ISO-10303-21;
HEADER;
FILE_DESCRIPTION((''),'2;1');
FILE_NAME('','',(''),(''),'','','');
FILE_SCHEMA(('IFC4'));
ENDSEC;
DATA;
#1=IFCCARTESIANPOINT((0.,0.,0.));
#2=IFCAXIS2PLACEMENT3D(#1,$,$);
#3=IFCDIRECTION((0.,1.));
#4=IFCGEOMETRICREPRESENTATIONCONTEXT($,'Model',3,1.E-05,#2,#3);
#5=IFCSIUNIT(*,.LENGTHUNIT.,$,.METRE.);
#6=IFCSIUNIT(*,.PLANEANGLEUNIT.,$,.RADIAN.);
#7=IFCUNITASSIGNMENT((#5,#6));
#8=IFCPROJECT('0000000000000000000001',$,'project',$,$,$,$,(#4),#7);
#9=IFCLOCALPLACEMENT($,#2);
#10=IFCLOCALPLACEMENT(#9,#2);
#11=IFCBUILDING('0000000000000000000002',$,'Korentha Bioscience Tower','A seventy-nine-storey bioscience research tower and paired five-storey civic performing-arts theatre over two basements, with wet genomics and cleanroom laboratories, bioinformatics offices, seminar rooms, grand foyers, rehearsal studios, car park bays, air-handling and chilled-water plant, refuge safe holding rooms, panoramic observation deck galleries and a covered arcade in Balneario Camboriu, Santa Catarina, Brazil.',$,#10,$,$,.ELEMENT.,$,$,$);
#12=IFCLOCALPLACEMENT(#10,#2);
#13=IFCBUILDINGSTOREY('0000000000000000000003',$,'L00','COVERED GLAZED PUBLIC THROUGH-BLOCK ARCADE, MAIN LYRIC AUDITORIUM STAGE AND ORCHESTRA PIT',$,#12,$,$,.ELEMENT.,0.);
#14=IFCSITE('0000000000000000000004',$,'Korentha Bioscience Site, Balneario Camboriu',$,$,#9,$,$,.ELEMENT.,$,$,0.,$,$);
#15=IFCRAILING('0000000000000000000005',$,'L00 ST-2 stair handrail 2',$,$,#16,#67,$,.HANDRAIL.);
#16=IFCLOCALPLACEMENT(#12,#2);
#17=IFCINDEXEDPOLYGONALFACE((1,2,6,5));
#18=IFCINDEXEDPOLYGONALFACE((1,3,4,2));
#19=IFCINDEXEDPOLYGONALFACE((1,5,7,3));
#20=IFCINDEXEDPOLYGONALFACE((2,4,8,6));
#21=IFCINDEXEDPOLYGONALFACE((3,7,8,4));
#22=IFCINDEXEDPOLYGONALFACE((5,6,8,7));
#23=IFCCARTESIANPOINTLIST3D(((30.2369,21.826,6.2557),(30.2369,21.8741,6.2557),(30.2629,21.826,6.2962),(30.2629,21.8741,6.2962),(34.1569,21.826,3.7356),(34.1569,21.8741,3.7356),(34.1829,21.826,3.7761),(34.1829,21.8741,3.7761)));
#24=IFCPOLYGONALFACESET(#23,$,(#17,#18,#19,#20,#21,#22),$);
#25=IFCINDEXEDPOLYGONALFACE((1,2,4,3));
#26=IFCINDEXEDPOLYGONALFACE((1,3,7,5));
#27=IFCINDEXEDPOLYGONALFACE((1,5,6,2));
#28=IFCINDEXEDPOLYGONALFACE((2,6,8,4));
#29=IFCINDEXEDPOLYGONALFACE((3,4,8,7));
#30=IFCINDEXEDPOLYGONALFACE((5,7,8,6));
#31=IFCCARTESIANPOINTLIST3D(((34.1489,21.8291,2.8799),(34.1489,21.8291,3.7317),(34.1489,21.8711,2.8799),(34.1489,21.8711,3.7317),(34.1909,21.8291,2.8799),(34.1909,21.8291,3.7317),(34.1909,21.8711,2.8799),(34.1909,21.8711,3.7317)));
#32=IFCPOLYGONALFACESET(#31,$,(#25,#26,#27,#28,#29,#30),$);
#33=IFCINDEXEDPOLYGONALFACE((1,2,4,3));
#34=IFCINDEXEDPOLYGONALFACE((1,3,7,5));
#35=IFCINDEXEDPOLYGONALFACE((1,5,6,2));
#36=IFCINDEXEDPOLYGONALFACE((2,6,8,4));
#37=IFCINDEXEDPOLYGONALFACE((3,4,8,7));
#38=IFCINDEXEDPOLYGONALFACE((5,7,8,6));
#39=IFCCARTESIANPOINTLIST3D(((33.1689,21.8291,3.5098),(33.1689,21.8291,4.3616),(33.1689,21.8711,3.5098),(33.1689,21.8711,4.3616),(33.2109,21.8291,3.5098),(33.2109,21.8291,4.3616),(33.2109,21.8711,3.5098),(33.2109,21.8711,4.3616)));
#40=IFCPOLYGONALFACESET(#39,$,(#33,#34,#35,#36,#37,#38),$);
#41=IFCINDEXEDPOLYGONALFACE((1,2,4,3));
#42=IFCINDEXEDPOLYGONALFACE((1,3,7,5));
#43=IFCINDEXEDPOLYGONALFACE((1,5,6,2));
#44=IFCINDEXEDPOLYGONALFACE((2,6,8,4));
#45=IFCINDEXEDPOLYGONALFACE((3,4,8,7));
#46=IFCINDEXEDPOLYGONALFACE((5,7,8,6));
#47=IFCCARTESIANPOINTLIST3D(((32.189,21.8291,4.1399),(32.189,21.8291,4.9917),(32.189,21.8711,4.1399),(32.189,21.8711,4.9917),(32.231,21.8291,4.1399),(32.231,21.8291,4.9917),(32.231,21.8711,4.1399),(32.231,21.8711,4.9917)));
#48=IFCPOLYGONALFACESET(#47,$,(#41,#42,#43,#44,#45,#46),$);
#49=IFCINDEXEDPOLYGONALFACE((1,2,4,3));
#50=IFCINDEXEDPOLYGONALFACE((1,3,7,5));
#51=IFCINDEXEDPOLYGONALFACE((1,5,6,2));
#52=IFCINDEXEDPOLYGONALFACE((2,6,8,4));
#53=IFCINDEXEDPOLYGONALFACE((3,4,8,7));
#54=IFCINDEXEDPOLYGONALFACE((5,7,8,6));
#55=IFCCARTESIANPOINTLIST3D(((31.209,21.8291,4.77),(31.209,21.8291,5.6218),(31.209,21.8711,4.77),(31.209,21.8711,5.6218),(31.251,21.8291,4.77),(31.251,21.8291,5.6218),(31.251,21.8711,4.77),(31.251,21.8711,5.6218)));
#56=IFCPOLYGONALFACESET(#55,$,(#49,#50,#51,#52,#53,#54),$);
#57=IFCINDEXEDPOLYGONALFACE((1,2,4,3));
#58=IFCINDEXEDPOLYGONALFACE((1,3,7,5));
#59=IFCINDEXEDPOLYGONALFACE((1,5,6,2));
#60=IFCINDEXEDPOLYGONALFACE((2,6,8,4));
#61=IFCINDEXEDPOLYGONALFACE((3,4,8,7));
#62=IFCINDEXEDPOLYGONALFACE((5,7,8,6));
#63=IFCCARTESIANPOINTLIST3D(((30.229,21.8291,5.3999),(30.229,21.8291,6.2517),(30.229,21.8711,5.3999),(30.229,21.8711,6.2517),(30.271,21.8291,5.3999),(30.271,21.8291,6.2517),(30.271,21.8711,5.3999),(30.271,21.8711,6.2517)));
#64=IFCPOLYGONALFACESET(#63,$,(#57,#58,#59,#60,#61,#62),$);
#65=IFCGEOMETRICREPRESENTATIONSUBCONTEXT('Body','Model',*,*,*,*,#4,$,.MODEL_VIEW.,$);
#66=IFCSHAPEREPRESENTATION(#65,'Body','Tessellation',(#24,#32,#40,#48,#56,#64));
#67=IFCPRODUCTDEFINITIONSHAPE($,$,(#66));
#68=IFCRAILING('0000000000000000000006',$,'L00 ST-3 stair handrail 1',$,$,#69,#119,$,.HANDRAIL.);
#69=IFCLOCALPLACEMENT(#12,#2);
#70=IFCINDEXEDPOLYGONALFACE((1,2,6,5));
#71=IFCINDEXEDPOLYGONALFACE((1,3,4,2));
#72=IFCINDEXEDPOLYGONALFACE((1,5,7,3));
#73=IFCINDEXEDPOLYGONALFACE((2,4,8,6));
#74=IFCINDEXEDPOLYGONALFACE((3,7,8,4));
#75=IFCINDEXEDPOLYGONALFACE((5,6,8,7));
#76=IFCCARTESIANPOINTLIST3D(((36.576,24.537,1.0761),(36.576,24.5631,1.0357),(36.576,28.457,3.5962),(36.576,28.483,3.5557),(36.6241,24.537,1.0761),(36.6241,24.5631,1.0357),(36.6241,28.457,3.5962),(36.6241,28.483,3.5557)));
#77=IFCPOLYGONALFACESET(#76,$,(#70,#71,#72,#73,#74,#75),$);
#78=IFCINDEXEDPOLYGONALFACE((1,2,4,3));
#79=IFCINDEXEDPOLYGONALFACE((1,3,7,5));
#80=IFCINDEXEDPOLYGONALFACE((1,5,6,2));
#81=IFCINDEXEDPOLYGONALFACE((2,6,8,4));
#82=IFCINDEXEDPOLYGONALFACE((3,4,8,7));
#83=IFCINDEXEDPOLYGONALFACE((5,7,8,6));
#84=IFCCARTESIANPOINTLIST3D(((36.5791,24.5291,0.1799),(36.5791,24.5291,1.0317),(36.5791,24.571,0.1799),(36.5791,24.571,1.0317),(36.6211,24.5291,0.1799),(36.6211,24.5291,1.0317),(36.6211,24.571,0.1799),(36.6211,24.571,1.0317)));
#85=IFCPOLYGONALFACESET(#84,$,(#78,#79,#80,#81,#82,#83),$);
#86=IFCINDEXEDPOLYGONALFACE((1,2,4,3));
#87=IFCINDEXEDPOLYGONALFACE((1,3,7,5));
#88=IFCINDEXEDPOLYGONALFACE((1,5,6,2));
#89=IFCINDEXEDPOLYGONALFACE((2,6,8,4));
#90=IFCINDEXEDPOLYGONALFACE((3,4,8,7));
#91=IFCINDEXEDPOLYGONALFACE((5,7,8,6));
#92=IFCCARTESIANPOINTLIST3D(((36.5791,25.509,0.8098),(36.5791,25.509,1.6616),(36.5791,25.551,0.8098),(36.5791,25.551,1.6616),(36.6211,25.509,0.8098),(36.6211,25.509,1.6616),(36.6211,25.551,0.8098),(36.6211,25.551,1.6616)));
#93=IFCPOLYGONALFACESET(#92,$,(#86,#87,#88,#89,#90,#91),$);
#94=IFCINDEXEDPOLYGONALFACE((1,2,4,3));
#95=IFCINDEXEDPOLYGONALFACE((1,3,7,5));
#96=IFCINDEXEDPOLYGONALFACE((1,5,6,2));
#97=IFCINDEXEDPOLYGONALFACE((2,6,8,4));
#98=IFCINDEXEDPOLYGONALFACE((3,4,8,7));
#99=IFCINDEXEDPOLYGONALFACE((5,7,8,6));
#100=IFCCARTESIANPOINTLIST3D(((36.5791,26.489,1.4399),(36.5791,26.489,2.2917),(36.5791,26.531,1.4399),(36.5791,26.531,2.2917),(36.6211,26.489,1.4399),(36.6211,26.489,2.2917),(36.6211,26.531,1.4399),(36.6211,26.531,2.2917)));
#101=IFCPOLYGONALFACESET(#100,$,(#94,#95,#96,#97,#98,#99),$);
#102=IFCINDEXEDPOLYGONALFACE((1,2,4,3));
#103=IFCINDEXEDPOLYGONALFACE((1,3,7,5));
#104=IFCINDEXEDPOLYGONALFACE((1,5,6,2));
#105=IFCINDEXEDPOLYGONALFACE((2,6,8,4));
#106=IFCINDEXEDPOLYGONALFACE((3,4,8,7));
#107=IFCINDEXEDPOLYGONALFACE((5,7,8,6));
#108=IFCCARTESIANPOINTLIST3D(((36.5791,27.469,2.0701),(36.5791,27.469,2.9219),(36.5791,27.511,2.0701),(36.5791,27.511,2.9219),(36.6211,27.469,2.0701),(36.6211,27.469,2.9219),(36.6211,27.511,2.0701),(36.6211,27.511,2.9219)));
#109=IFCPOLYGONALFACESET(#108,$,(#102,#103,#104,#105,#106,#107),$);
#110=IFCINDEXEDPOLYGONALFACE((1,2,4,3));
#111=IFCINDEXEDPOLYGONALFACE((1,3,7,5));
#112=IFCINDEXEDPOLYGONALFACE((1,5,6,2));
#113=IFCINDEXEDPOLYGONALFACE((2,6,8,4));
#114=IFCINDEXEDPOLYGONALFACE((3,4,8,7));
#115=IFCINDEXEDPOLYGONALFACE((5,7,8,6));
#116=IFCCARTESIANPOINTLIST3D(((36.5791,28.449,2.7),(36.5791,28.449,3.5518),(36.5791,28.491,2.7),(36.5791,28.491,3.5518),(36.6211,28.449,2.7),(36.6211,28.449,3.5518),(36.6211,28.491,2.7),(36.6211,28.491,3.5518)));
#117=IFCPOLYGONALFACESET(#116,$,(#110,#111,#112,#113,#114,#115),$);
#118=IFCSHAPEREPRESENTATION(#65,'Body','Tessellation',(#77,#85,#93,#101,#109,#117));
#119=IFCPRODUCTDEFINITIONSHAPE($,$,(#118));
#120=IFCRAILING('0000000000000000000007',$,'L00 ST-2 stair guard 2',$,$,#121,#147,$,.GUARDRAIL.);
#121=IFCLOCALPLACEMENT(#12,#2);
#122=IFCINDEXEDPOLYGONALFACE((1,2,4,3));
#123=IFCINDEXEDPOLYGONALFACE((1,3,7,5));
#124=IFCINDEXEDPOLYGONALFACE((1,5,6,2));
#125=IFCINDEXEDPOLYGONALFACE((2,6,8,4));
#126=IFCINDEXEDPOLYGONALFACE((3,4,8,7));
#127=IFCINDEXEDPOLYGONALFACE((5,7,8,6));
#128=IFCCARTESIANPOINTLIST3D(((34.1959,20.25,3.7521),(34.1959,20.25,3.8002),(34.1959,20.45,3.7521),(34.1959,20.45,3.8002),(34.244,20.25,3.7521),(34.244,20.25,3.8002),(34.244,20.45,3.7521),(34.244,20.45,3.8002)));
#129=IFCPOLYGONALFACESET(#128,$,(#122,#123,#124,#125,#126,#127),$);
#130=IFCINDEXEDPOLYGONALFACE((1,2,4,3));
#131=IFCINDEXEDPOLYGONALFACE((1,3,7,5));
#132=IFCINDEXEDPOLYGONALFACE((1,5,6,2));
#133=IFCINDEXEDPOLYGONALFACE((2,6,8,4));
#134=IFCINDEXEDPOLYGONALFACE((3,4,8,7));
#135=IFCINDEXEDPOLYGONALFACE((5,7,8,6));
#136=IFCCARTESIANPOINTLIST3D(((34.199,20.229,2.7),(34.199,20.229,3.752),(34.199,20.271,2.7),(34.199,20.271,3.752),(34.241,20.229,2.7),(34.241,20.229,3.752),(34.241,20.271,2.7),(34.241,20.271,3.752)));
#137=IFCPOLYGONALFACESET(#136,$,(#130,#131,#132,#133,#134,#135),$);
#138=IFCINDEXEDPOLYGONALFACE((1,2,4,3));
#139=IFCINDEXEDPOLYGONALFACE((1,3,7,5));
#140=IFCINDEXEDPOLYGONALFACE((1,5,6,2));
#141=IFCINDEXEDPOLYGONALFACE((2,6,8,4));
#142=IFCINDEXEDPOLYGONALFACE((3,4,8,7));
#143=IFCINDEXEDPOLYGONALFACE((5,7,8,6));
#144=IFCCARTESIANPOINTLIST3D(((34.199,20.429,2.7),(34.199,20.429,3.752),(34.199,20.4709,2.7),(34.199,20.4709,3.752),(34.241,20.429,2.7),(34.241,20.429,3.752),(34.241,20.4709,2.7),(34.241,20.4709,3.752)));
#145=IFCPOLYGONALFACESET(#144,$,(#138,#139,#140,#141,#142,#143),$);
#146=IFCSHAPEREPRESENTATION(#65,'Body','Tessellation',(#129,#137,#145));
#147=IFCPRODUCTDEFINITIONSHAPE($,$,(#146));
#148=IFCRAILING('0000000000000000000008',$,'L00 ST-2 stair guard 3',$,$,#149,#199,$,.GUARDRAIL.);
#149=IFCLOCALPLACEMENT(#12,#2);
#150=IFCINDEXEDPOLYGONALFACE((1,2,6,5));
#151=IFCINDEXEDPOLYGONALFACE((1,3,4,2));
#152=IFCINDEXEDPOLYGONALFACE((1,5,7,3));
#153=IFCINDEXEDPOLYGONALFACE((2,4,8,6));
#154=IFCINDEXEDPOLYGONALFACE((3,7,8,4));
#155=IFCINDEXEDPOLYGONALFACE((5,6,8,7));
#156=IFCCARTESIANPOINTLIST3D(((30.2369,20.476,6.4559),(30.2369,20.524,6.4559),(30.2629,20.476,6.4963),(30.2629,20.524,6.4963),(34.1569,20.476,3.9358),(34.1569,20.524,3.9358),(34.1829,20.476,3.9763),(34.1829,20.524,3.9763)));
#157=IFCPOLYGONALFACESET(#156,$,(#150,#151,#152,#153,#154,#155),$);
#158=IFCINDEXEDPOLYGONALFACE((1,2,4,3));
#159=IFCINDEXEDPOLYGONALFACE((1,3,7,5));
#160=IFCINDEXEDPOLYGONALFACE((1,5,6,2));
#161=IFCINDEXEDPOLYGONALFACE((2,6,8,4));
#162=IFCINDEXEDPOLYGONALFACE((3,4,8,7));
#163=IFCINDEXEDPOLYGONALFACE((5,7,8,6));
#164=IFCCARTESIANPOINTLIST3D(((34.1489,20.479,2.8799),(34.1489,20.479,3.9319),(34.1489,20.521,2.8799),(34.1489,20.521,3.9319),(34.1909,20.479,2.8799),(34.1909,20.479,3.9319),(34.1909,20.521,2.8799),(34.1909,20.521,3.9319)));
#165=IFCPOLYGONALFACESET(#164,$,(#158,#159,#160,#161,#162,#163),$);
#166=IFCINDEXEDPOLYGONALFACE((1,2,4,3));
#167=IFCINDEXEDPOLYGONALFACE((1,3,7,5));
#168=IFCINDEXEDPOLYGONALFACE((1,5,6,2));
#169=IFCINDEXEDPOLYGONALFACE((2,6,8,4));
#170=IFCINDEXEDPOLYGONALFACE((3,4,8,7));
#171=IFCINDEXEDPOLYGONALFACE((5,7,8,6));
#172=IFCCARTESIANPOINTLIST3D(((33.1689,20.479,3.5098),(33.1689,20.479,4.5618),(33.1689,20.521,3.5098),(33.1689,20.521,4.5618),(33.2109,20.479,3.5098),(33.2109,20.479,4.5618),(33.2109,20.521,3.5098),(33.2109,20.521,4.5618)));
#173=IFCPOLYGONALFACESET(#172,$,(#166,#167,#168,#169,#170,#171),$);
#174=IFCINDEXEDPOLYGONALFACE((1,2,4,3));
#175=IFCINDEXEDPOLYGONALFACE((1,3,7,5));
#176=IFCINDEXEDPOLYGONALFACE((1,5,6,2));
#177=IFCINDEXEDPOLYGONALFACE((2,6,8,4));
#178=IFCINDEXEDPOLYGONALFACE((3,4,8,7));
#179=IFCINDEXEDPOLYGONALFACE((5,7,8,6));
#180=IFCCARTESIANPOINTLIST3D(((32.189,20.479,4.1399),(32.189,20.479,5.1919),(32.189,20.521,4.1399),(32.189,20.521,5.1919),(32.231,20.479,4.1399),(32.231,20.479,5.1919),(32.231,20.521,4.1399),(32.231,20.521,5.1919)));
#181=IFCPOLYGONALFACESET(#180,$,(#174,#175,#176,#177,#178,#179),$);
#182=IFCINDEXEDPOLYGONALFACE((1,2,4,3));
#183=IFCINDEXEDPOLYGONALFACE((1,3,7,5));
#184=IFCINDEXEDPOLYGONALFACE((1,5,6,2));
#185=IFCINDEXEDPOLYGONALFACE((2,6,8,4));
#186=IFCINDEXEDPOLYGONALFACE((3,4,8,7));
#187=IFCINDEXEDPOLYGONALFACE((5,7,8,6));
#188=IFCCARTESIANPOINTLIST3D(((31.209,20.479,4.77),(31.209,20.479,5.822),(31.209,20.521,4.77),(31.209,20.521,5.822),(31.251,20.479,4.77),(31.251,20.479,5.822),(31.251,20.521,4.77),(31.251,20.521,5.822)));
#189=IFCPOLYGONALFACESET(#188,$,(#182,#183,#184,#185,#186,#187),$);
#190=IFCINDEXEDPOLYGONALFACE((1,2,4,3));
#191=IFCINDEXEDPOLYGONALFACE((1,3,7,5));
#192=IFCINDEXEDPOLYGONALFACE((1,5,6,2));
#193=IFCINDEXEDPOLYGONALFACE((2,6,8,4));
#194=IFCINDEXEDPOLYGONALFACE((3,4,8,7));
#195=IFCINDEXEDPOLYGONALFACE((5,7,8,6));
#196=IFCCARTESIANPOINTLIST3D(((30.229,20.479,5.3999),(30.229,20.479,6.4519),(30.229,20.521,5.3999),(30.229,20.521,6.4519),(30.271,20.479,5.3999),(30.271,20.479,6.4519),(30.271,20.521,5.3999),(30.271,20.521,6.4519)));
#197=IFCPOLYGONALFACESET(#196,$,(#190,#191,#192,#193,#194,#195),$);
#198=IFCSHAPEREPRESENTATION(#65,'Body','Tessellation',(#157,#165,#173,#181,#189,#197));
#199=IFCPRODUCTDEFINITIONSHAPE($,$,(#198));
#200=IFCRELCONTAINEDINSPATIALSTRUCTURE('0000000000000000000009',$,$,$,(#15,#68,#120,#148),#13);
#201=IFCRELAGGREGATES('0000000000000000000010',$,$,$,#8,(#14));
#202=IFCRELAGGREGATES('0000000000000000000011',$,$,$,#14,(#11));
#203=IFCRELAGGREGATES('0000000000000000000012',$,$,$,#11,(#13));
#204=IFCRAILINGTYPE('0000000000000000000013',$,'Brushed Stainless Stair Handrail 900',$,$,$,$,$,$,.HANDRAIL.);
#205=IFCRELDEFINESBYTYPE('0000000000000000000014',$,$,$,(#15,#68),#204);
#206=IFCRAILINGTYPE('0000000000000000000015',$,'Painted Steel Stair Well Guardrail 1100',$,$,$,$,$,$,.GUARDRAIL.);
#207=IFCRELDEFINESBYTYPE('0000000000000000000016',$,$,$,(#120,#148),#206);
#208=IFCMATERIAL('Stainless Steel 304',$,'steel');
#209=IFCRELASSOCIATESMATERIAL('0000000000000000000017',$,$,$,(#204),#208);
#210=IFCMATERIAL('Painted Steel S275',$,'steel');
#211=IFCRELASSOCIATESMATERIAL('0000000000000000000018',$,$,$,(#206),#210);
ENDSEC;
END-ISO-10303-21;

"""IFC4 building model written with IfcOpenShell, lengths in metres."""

from ifc_helpers import new_model, si_unit, direction, frame, origin, origin_2d, place, context, subcontext, project, spatial, rectangle, extrude, material, type_object, element, save


model = new_model("IFC4")

# Units and contexts
model_context = context("Model", 3, precision=1e-05, world=origin(), true_north=direction((0.0, 1.0)))
body_context = subcontext(model_context, "Body", "Model", "MODEL_VIEW")
ifc_project = project(units=[si_unit("LENGTHUNIT", "METRE"), si_unit("PLANEANGLEUNIT", "RADIAN")], contexts=[model_context])

# Site, building, storey
site_placement = place(None, origin())
site = spatial("IfcSite", under=ifc_project, at=site_placement, Name="Korentha Bioscience Site, Balneario Camboriu", CompositionType="ELEMENT", RefElevation=0.0)
building_placement = place(site_placement, origin())
building = spatial("IfcBuilding", under=site, at=building_placement, Name="Korentha Bioscience Tower", Description="A seventy-nine-storey bioscience research tower and paired five-storey civic performing-arts theatre over two basements, with wet genomics and cleanroom laboratories, bioinformatics offices, seminar rooms, grand foyers, rehearsal studios, car park bays, air-handling and chilled-water plant, refuge safe holding rooms, panoramic observation deck galleries and a covered arcade in Balneario Camboriu, Santa Catarina, Brazil.", CompositionType="ELEMENT")
storey_placement = place(building_placement, origin())
storey = spatial("IfcBuildingStorey", under=building, at=storey_placement, Name="L00", Description="COVERED GLAZED PUBLIC THROUGH-BLOCK ARCADE, MAIN LYRIC AUDITORIUM STAGE AND ORCHESTRA PIT", CompositionType="ELEMENT", Elevation=0.0)

# Railings
ifc_material_1 = material(Name="Stainless Steel 304", Category="steel")
railing_type_1 = type_object("IfcRailingType", Name="Brushed Stainless Stair Handrail 900", PredefinedType="HANDRAIL", material=ifc_material_1)
railing_1_placement = place(storey_placement, frame((34.1699, 21.8501, 2.8799)))
element("IfcRailing", 1, at=railing_1_placement, inside=storey, type_object=railing_type_1, Name="L00 ST-2 stair handrail 2", PredefinedType="HANDRAIL", context=body_context, shape_type="SweptSolid", body=[
    extrude(rectangle(XDim=0.0481, YDim=0.0481, at=origin_2d()), frame((0.0, 0.0, 0.876), z_axis=(-0.841172, 0.0, 0.540768), x_axis=(0.0, -1.0, 0.0)), (0.0, 0.0, 1.0), 4.6602),
    extrude(rectangle(XDim=0.042, YDim=0.042, at=origin_2d()), origin(), (0.0, 0.0, 1.0), 0.8518),
    extrude(rectangle(XDim=0.042, YDim=0.042, at=origin_2d()), frame((-0.98, 0.0, 0.6299)), (0.0, 0.0, 1.0), 0.8518),
    extrude(rectangle(XDim=0.042, YDim=0.042, at=origin_2d()), frame((-1.96, 0.0, 1.26)), (0.0, 0.0, 1.0), 0.8518),
    extrude(rectangle(XDim=0.042, YDim=0.042, at=origin_2d()), frame((-2.9399, 0.0, 1.8901)), (0.0, 0.0, 1.0), 0.8518),
    extrude(rectangle(XDim=0.042, YDim=0.042, at=origin_2d()), frame((-3.9199, 0.0, 2.52)), (0.0, 0.0, 1.0), 0.8518),
])
railing_2_placement = place(storey_placement, frame((36.6001, 24.55, 0.1799)))
element("IfcRailing", 2, at=railing_2_placement, inside=storey, type_object=railing_type_1, Name="L00 ST-3 stair handrail 1", PredefinedType="HANDRAIL", context=body_context, shape_type="SweptSolid", body=[
    extrude(rectangle(XDim=0.0481, YDim=0.0481, at=origin_2d()), frame((0.0, 0.0, 0.876), z_axis=(0.0, 0.841172, 0.540768), x_axis=(-1.0, 0.0, 0.0)), (0.0, 0.0, 1.0), 4.6602),
    extrude(rectangle(XDim=0.042, YDim=0.042, at=origin_2d()), origin(), (0.0, 0.0, 1.0), 0.8518),
    extrude(rectangle(XDim=0.042, YDim=0.042, at=origin_2d()), frame((0.0, 0.98, 0.6299)), (0.0, 0.0, 1.0), 0.8518),
    extrude(rectangle(XDim=0.042, YDim=0.042, at=origin_2d()), frame((0.0, 1.96, 1.26)), (0.0, 0.0, 1.0), 0.8518),
    extrude(rectangle(XDim=0.042, YDim=0.042, at=origin_2d()), frame((0.0, 2.9399, 1.8901)), (0.0, 0.0, 1.0), 0.8518),
    extrude(rectangle(XDim=0.042, YDim=0.042, at=origin_2d()), frame((0.0, 3.9199, 2.52)), (0.0, 0.0, 1.0), 0.8518),
])
ifc_material_2 = material(Name="Painted Steel S275", Category="steel")
railing_type_2 = type_object("IfcRailingType", Name="Painted Steel Stair Well Guardrail 1100", PredefinedType="GUARDRAIL", material=ifc_material_2)
railing_3_placement = place(storey_placement, frame((34.22, 20.25, 2.7)))
element("IfcRailing", 3, at=railing_3_placement, inside=storey, type_object=railing_type_2, Name="L00 ST-2 stair guard 2", PredefinedType="GUARDRAIL", context=body_context, shape_type="SweptSolid", body=[
    extrude(rectangle(XDim=0.0481, YDim=0.0481, at=origin_2d()), frame((0.0, 0.0, 1.0762), z_axis=(0.0, 1.0, 0.0), x_axis=(-1.0, 0.0, 0.0)), (0.0, 0.0, 1.0), 0.2),
    extrude(rectangle(XDim=0.042, YDim=0.042, at=origin_2d()), origin(), (0.0, 0.0, 1.0), 1.052),
    extrude(rectangle(XDim=0.042, YDim=0.042, at=origin_2d()), frame((0.0, 0.2, 0.0)), (0.0, 0.0, 1.0), 1.052),
])
railing_4_placement = place(storey_placement, frame((34.1699, 20.5, 2.8799)))
element("IfcRailing", 4, at=railing_4_placement, inside=storey, type_object=railing_type_2, Name="L00 ST-2 stair guard 3", PredefinedType="GUARDRAIL", context=body_context, shape_type="SweptSolid", body=[
    extrude(rectangle(XDim=0.0481, YDim=0.0481, at=origin_2d()), frame((0.0, 0.0, 1.0762), z_axis=(-0.841172, 0.0, 0.540768), x_axis=(0.0, -1.0, 0.0)), (0.0, 0.0, 1.0), 4.6602),
    extrude(rectangle(XDim=0.042, YDim=0.042, at=origin_2d()), origin(), (0.0, 0.0, 1.0), 1.052),
    extrude(rectangle(XDim=0.042, YDim=0.042, at=origin_2d()), frame((-0.98, 0.0, 0.6299)), (0.0, 0.0, 1.0), 1.052),
    extrude(rectangle(XDim=0.042, YDim=0.042, at=origin_2d()), frame((-1.96, 0.0, 1.26)), (0.0, 0.0, 1.0), 1.052),
    extrude(rectangle(XDim=0.042, YDim=0.042, at=origin_2d()), frame((-2.9399, 0.0, 1.8901)), (0.0, 0.0, 1.0), 1.052),
    extrude(rectangle(XDim=0.042, YDim=0.042, at=origin_2d()), frame((-3.9199, 0.0, 2.52)), (0.0, 0.0, 1.0), 1.052),
])

save(model, "model.ifc")
